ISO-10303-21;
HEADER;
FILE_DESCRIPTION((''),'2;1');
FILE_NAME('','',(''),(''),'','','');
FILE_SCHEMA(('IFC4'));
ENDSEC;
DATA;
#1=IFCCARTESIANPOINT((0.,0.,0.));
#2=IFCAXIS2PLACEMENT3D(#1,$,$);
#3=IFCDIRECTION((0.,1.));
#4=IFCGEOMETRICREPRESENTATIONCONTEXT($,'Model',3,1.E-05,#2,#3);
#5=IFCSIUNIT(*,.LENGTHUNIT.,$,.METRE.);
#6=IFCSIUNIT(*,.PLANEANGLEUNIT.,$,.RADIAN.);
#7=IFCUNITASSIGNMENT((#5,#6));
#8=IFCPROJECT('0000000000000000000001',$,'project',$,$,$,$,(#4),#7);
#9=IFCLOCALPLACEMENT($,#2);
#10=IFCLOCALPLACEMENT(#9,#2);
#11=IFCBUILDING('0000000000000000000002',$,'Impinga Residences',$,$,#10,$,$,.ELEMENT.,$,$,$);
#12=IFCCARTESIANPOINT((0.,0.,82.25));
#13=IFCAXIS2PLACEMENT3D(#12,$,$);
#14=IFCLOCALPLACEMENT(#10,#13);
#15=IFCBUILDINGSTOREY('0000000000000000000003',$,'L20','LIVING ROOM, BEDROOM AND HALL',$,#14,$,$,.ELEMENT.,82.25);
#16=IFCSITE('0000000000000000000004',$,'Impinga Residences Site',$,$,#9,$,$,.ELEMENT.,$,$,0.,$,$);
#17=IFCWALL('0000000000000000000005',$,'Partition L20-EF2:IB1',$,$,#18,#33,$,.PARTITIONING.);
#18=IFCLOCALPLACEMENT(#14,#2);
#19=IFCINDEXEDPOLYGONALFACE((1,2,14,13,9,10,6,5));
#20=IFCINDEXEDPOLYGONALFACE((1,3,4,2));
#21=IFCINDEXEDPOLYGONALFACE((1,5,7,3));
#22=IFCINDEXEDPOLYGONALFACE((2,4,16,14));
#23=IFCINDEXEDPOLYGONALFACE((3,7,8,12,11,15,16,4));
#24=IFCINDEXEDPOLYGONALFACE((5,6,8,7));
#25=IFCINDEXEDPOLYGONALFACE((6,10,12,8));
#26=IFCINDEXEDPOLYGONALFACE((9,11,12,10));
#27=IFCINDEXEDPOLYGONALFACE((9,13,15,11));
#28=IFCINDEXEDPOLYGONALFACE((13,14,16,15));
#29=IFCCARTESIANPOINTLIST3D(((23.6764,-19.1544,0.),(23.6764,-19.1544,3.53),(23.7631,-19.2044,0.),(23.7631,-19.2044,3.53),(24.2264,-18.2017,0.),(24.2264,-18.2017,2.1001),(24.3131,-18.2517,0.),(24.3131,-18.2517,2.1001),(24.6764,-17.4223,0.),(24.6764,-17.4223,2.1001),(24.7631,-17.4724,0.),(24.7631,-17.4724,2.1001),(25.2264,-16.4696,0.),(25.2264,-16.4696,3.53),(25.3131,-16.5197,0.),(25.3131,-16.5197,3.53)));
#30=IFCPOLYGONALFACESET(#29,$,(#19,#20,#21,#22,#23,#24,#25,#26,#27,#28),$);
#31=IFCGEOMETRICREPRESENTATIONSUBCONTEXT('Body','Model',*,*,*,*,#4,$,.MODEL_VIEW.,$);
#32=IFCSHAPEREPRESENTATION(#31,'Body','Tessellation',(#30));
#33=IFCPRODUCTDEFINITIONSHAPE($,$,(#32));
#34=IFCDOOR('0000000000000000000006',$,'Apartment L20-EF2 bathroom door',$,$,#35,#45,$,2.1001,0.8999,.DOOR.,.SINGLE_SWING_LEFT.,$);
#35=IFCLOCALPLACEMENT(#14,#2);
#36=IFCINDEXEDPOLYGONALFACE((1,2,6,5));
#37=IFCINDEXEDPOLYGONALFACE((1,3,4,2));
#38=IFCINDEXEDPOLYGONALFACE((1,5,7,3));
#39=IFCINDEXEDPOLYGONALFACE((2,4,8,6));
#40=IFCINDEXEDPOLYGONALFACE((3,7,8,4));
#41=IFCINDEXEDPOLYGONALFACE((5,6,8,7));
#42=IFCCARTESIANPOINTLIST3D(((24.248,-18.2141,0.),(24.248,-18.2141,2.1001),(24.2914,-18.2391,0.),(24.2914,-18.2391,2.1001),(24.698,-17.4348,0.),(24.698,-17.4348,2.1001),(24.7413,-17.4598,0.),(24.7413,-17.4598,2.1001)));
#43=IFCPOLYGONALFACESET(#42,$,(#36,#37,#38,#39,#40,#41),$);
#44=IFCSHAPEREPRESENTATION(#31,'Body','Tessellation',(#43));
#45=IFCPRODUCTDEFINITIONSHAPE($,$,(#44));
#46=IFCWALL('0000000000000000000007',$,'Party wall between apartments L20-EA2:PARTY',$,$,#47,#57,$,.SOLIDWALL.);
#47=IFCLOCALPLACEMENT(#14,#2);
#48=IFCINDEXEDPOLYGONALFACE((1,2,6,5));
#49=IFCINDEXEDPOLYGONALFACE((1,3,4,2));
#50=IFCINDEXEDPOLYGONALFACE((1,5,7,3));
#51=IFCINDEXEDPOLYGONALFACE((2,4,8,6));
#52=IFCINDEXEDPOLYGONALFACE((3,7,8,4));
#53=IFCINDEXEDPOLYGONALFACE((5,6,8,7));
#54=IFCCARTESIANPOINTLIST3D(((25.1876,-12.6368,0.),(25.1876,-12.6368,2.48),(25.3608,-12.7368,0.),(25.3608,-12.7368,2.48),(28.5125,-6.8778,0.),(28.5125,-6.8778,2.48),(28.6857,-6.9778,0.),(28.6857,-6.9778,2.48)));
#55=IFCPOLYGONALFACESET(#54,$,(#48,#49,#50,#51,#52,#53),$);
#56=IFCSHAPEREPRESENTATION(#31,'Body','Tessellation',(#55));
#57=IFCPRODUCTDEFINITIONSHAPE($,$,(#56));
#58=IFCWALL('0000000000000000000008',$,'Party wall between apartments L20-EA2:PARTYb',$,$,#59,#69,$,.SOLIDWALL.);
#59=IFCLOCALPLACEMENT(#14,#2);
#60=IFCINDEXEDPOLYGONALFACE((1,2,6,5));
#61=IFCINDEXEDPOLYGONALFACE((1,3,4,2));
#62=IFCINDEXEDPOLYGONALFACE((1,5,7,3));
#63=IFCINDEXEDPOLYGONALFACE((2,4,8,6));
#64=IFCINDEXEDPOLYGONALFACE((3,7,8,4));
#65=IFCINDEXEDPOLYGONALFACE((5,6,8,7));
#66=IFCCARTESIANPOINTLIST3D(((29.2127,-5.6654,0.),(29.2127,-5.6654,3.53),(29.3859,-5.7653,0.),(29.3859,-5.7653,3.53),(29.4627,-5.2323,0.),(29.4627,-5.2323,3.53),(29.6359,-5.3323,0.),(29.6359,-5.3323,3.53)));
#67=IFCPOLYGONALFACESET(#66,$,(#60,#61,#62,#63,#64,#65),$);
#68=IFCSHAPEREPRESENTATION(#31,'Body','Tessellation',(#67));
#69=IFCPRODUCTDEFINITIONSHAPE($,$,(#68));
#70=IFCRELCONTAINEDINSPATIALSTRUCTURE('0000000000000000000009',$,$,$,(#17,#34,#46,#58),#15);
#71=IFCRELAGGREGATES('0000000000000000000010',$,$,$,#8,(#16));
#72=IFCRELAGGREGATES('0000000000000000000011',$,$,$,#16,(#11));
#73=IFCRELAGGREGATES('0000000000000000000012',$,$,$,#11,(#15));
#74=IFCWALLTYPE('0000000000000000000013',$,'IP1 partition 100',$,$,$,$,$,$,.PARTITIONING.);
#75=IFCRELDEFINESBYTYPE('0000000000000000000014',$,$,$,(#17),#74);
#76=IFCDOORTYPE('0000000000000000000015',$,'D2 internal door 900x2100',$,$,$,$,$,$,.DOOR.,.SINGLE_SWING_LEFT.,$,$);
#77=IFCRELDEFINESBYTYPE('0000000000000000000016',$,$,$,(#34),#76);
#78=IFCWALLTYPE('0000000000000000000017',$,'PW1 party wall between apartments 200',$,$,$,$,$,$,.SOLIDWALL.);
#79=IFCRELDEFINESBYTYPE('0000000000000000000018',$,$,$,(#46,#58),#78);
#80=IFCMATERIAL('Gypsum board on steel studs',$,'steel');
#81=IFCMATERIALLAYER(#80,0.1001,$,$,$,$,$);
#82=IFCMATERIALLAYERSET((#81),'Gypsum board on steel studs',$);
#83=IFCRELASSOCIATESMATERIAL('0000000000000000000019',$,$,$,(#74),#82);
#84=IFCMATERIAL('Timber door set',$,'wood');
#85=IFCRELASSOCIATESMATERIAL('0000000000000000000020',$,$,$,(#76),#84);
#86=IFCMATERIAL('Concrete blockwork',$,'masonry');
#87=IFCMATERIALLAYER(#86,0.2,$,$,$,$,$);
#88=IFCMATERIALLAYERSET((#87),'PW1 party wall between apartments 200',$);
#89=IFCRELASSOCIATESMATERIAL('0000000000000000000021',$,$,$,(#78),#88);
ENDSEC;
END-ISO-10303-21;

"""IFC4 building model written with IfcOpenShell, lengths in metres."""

from ifc_helpers import new_model, si_unit, direction, frame, frame_2d, origin, place, context, subcontext, project, spatial, rectangle, extrude, material, layer, layer_set, type_object, element, fill, save


model = new_model("IFC4")

# Units and contexts
model_context = context("Model", 3, precision=1e-05, world=origin(), true_north=direction((0.0, 1.0)))
body_context = subcontext(model_context, "Body", "Model", "MODEL_VIEW")
ifc_project = project(units=[si_unit("LENGTHUNIT", "METRE"), si_unit("PLANEANGLEUNIT", "RADIAN")], contexts=[model_context])

# Site, building, storey
site_placement = place(None, origin())
site = spatial("IfcSite", under=ifc_project, at=site_placement, Name="Impinga Residences Site", CompositionType="ELEMENT", RefElevation=0.0)
building_placement = place(site_placement, origin())
building = spatial("IfcBuilding", under=site, at=building_placement, Name="Impinga Residences", CompositionType="ELEMENT")
storey_placement = place(building_placement, frame((0.0, 0.0, 82.25)))
storey = spatial("IfcBuildingStorey", under=building, at=storey_placement, Name="L20", Description="LIVING ROOM, BEDROOM AND HALL", CompositionType="ELEMENT", Elevation=82.25)

# Shared definitions
ifc_material_1 = material(Name="Gypsum board on steel studs", Category="steel")
ifc_layer_1 = layer(ifc_material_1, 0.1001)
ifc_layer_set_1 = layer_set([ifc_layer_1], Name="Gypsum board on steel studs")
wall_type_1 = type_object("IfcWallType", Name="IP1 partition 100", PredefinedType="PARTITIONING", material=ifc_layer_set_1)

# Shared definitions
ifc_material_2 = material(Name="Timber door set", Category="wood")
door_type = type_object("IfcDoorType", Name="D2 internal door 900x2100", OperationType="SINGLE_SWING_LEFT", PredefinedType="DOOR", material=ifc_material_2)

# Wall, opening, door
wall_1_placement = place(storey_placement, frame((25.2698, -16.4946, 0.0), z_axis=(0.0, 0.0, 1.0), x_axis=(-0.499993, -0.86603, 0.0)))
wall_1 = element("IfcWall", 1, at=wall_1_placement, inside=storey, type_object=wall_type_1, Name="Partition L20-EF2:IB1", PredefinedType="PARTITIONING", context=body_context, shape_type="SweptSolid", body=[
    extrude(rectangle(XDim=3.1001, YDim=0.1001, at=frame_2d((1.55, 0.0))), origin(), (0.0, 0.0, 1.0), 3.53),
])
opening_1_placement = place(wall_1_placement, frame((1.1001, 0.0, 0.0)))
opening_1 = element("IfcOpeningElement", 2, at=opening_1_placement, cuts=wall_1, PredefinedType="OPENING", context=body_context, shape_type="SweptSolid", body=[
    extrude(rectangle(XDim=0.8999, YDim=2.1001, at=frame_2d((0.45, 1.05))), frame((0.0, 0.0601, 0.0), z_axis=(0.0, -1.0, 0.0), x_axis=(1.0, 0.0, 0.0)), (0.0, 0.0, 1.0), 0.1201),
])
door_1_placement = place(opening_1_placement, origin())
door_1 = element("IfcDoor", 3, at=door_1_placement, inside=storey, type_object=door_type, Name="Apartment L20-EF2 bathroom door", OperationType="SINGLE_SWING_LEFT", OverallHeight=2.1001, OverallWidth=0.8999, PredefinedType="DOOR", context=body_context, shape_type="SweptSolid", body=[
    extrude(rectangle(XDim=0.8999, YDim=2.1001, at=frame_2d((0.45, 1.05))), frame((0.0, 0.0249, 0.0), z_axis=(0.0, -1.0, 0.0), x_axis=(1.0, 0.0, 0.0)), (0.0, 0.0, 1.0), 0.05),
])
fill(opening_1, door_1)

# Walls
ifc_material_3 = material(Name="Concrete blockwork", Category="masonry")
ifc_layer_2 = layer(ifc_material_3, 0.2)
ifc_layer_set_2 = layer_set([ifc_layer_2], Name="PW1 party wall between apartments 200")
wall_type_2 = type_object("IfcWallType", Name="PW1 party wall between apartments 200", PredefinedType="SOLIDWALL", material=ifc_layer_set_2)
wall_2_placement = place(storey_placement, frame((25.2742, -12.6868, 0.0), z_axis=(0.0, 0.0, 1.0), x_axis=(0.499997, 0.866027, 0.0)))
element("IfcWall", 4, at=wall_2_placement, inside=storey, type_object=wall_type_2, Name="Party wall between apartments L20-EA2:PARTY", PredefinedType="SOLIDWALL", context=body_context, shape_type="SweptSolid", body=[
    extrude(rectangle(XDim=6.6499, YDim=0.2, at=frame_2d((3.325, 0.0))), origin(), (0.0, 0.0, 1.0), 2.48),
])
wall_3_placement = place(storey_placement, frame((29.2993, -5.7153, 0.0), z_axis=(0.0, 0.0, 1.0), x_axis=(0.49992, 0.866072, 0.0)))
element("IfcWall", 5, at=wall_3_placement, inside=storey, type_object=wall_type_2, Name="Party wall between apartments L20-EA2:PARTYb", PredefinedType="SOLIDWALL", context=body_context, shape_type="SweptSolid", body=[
    extrude(rectangle(XDim=0.5, YDim=0.2, at=frame_2d((0.25, 0.0))), origin(), (0.0, 0.0, 1.0), 3.53),
])

save(model, "model.ifc")
